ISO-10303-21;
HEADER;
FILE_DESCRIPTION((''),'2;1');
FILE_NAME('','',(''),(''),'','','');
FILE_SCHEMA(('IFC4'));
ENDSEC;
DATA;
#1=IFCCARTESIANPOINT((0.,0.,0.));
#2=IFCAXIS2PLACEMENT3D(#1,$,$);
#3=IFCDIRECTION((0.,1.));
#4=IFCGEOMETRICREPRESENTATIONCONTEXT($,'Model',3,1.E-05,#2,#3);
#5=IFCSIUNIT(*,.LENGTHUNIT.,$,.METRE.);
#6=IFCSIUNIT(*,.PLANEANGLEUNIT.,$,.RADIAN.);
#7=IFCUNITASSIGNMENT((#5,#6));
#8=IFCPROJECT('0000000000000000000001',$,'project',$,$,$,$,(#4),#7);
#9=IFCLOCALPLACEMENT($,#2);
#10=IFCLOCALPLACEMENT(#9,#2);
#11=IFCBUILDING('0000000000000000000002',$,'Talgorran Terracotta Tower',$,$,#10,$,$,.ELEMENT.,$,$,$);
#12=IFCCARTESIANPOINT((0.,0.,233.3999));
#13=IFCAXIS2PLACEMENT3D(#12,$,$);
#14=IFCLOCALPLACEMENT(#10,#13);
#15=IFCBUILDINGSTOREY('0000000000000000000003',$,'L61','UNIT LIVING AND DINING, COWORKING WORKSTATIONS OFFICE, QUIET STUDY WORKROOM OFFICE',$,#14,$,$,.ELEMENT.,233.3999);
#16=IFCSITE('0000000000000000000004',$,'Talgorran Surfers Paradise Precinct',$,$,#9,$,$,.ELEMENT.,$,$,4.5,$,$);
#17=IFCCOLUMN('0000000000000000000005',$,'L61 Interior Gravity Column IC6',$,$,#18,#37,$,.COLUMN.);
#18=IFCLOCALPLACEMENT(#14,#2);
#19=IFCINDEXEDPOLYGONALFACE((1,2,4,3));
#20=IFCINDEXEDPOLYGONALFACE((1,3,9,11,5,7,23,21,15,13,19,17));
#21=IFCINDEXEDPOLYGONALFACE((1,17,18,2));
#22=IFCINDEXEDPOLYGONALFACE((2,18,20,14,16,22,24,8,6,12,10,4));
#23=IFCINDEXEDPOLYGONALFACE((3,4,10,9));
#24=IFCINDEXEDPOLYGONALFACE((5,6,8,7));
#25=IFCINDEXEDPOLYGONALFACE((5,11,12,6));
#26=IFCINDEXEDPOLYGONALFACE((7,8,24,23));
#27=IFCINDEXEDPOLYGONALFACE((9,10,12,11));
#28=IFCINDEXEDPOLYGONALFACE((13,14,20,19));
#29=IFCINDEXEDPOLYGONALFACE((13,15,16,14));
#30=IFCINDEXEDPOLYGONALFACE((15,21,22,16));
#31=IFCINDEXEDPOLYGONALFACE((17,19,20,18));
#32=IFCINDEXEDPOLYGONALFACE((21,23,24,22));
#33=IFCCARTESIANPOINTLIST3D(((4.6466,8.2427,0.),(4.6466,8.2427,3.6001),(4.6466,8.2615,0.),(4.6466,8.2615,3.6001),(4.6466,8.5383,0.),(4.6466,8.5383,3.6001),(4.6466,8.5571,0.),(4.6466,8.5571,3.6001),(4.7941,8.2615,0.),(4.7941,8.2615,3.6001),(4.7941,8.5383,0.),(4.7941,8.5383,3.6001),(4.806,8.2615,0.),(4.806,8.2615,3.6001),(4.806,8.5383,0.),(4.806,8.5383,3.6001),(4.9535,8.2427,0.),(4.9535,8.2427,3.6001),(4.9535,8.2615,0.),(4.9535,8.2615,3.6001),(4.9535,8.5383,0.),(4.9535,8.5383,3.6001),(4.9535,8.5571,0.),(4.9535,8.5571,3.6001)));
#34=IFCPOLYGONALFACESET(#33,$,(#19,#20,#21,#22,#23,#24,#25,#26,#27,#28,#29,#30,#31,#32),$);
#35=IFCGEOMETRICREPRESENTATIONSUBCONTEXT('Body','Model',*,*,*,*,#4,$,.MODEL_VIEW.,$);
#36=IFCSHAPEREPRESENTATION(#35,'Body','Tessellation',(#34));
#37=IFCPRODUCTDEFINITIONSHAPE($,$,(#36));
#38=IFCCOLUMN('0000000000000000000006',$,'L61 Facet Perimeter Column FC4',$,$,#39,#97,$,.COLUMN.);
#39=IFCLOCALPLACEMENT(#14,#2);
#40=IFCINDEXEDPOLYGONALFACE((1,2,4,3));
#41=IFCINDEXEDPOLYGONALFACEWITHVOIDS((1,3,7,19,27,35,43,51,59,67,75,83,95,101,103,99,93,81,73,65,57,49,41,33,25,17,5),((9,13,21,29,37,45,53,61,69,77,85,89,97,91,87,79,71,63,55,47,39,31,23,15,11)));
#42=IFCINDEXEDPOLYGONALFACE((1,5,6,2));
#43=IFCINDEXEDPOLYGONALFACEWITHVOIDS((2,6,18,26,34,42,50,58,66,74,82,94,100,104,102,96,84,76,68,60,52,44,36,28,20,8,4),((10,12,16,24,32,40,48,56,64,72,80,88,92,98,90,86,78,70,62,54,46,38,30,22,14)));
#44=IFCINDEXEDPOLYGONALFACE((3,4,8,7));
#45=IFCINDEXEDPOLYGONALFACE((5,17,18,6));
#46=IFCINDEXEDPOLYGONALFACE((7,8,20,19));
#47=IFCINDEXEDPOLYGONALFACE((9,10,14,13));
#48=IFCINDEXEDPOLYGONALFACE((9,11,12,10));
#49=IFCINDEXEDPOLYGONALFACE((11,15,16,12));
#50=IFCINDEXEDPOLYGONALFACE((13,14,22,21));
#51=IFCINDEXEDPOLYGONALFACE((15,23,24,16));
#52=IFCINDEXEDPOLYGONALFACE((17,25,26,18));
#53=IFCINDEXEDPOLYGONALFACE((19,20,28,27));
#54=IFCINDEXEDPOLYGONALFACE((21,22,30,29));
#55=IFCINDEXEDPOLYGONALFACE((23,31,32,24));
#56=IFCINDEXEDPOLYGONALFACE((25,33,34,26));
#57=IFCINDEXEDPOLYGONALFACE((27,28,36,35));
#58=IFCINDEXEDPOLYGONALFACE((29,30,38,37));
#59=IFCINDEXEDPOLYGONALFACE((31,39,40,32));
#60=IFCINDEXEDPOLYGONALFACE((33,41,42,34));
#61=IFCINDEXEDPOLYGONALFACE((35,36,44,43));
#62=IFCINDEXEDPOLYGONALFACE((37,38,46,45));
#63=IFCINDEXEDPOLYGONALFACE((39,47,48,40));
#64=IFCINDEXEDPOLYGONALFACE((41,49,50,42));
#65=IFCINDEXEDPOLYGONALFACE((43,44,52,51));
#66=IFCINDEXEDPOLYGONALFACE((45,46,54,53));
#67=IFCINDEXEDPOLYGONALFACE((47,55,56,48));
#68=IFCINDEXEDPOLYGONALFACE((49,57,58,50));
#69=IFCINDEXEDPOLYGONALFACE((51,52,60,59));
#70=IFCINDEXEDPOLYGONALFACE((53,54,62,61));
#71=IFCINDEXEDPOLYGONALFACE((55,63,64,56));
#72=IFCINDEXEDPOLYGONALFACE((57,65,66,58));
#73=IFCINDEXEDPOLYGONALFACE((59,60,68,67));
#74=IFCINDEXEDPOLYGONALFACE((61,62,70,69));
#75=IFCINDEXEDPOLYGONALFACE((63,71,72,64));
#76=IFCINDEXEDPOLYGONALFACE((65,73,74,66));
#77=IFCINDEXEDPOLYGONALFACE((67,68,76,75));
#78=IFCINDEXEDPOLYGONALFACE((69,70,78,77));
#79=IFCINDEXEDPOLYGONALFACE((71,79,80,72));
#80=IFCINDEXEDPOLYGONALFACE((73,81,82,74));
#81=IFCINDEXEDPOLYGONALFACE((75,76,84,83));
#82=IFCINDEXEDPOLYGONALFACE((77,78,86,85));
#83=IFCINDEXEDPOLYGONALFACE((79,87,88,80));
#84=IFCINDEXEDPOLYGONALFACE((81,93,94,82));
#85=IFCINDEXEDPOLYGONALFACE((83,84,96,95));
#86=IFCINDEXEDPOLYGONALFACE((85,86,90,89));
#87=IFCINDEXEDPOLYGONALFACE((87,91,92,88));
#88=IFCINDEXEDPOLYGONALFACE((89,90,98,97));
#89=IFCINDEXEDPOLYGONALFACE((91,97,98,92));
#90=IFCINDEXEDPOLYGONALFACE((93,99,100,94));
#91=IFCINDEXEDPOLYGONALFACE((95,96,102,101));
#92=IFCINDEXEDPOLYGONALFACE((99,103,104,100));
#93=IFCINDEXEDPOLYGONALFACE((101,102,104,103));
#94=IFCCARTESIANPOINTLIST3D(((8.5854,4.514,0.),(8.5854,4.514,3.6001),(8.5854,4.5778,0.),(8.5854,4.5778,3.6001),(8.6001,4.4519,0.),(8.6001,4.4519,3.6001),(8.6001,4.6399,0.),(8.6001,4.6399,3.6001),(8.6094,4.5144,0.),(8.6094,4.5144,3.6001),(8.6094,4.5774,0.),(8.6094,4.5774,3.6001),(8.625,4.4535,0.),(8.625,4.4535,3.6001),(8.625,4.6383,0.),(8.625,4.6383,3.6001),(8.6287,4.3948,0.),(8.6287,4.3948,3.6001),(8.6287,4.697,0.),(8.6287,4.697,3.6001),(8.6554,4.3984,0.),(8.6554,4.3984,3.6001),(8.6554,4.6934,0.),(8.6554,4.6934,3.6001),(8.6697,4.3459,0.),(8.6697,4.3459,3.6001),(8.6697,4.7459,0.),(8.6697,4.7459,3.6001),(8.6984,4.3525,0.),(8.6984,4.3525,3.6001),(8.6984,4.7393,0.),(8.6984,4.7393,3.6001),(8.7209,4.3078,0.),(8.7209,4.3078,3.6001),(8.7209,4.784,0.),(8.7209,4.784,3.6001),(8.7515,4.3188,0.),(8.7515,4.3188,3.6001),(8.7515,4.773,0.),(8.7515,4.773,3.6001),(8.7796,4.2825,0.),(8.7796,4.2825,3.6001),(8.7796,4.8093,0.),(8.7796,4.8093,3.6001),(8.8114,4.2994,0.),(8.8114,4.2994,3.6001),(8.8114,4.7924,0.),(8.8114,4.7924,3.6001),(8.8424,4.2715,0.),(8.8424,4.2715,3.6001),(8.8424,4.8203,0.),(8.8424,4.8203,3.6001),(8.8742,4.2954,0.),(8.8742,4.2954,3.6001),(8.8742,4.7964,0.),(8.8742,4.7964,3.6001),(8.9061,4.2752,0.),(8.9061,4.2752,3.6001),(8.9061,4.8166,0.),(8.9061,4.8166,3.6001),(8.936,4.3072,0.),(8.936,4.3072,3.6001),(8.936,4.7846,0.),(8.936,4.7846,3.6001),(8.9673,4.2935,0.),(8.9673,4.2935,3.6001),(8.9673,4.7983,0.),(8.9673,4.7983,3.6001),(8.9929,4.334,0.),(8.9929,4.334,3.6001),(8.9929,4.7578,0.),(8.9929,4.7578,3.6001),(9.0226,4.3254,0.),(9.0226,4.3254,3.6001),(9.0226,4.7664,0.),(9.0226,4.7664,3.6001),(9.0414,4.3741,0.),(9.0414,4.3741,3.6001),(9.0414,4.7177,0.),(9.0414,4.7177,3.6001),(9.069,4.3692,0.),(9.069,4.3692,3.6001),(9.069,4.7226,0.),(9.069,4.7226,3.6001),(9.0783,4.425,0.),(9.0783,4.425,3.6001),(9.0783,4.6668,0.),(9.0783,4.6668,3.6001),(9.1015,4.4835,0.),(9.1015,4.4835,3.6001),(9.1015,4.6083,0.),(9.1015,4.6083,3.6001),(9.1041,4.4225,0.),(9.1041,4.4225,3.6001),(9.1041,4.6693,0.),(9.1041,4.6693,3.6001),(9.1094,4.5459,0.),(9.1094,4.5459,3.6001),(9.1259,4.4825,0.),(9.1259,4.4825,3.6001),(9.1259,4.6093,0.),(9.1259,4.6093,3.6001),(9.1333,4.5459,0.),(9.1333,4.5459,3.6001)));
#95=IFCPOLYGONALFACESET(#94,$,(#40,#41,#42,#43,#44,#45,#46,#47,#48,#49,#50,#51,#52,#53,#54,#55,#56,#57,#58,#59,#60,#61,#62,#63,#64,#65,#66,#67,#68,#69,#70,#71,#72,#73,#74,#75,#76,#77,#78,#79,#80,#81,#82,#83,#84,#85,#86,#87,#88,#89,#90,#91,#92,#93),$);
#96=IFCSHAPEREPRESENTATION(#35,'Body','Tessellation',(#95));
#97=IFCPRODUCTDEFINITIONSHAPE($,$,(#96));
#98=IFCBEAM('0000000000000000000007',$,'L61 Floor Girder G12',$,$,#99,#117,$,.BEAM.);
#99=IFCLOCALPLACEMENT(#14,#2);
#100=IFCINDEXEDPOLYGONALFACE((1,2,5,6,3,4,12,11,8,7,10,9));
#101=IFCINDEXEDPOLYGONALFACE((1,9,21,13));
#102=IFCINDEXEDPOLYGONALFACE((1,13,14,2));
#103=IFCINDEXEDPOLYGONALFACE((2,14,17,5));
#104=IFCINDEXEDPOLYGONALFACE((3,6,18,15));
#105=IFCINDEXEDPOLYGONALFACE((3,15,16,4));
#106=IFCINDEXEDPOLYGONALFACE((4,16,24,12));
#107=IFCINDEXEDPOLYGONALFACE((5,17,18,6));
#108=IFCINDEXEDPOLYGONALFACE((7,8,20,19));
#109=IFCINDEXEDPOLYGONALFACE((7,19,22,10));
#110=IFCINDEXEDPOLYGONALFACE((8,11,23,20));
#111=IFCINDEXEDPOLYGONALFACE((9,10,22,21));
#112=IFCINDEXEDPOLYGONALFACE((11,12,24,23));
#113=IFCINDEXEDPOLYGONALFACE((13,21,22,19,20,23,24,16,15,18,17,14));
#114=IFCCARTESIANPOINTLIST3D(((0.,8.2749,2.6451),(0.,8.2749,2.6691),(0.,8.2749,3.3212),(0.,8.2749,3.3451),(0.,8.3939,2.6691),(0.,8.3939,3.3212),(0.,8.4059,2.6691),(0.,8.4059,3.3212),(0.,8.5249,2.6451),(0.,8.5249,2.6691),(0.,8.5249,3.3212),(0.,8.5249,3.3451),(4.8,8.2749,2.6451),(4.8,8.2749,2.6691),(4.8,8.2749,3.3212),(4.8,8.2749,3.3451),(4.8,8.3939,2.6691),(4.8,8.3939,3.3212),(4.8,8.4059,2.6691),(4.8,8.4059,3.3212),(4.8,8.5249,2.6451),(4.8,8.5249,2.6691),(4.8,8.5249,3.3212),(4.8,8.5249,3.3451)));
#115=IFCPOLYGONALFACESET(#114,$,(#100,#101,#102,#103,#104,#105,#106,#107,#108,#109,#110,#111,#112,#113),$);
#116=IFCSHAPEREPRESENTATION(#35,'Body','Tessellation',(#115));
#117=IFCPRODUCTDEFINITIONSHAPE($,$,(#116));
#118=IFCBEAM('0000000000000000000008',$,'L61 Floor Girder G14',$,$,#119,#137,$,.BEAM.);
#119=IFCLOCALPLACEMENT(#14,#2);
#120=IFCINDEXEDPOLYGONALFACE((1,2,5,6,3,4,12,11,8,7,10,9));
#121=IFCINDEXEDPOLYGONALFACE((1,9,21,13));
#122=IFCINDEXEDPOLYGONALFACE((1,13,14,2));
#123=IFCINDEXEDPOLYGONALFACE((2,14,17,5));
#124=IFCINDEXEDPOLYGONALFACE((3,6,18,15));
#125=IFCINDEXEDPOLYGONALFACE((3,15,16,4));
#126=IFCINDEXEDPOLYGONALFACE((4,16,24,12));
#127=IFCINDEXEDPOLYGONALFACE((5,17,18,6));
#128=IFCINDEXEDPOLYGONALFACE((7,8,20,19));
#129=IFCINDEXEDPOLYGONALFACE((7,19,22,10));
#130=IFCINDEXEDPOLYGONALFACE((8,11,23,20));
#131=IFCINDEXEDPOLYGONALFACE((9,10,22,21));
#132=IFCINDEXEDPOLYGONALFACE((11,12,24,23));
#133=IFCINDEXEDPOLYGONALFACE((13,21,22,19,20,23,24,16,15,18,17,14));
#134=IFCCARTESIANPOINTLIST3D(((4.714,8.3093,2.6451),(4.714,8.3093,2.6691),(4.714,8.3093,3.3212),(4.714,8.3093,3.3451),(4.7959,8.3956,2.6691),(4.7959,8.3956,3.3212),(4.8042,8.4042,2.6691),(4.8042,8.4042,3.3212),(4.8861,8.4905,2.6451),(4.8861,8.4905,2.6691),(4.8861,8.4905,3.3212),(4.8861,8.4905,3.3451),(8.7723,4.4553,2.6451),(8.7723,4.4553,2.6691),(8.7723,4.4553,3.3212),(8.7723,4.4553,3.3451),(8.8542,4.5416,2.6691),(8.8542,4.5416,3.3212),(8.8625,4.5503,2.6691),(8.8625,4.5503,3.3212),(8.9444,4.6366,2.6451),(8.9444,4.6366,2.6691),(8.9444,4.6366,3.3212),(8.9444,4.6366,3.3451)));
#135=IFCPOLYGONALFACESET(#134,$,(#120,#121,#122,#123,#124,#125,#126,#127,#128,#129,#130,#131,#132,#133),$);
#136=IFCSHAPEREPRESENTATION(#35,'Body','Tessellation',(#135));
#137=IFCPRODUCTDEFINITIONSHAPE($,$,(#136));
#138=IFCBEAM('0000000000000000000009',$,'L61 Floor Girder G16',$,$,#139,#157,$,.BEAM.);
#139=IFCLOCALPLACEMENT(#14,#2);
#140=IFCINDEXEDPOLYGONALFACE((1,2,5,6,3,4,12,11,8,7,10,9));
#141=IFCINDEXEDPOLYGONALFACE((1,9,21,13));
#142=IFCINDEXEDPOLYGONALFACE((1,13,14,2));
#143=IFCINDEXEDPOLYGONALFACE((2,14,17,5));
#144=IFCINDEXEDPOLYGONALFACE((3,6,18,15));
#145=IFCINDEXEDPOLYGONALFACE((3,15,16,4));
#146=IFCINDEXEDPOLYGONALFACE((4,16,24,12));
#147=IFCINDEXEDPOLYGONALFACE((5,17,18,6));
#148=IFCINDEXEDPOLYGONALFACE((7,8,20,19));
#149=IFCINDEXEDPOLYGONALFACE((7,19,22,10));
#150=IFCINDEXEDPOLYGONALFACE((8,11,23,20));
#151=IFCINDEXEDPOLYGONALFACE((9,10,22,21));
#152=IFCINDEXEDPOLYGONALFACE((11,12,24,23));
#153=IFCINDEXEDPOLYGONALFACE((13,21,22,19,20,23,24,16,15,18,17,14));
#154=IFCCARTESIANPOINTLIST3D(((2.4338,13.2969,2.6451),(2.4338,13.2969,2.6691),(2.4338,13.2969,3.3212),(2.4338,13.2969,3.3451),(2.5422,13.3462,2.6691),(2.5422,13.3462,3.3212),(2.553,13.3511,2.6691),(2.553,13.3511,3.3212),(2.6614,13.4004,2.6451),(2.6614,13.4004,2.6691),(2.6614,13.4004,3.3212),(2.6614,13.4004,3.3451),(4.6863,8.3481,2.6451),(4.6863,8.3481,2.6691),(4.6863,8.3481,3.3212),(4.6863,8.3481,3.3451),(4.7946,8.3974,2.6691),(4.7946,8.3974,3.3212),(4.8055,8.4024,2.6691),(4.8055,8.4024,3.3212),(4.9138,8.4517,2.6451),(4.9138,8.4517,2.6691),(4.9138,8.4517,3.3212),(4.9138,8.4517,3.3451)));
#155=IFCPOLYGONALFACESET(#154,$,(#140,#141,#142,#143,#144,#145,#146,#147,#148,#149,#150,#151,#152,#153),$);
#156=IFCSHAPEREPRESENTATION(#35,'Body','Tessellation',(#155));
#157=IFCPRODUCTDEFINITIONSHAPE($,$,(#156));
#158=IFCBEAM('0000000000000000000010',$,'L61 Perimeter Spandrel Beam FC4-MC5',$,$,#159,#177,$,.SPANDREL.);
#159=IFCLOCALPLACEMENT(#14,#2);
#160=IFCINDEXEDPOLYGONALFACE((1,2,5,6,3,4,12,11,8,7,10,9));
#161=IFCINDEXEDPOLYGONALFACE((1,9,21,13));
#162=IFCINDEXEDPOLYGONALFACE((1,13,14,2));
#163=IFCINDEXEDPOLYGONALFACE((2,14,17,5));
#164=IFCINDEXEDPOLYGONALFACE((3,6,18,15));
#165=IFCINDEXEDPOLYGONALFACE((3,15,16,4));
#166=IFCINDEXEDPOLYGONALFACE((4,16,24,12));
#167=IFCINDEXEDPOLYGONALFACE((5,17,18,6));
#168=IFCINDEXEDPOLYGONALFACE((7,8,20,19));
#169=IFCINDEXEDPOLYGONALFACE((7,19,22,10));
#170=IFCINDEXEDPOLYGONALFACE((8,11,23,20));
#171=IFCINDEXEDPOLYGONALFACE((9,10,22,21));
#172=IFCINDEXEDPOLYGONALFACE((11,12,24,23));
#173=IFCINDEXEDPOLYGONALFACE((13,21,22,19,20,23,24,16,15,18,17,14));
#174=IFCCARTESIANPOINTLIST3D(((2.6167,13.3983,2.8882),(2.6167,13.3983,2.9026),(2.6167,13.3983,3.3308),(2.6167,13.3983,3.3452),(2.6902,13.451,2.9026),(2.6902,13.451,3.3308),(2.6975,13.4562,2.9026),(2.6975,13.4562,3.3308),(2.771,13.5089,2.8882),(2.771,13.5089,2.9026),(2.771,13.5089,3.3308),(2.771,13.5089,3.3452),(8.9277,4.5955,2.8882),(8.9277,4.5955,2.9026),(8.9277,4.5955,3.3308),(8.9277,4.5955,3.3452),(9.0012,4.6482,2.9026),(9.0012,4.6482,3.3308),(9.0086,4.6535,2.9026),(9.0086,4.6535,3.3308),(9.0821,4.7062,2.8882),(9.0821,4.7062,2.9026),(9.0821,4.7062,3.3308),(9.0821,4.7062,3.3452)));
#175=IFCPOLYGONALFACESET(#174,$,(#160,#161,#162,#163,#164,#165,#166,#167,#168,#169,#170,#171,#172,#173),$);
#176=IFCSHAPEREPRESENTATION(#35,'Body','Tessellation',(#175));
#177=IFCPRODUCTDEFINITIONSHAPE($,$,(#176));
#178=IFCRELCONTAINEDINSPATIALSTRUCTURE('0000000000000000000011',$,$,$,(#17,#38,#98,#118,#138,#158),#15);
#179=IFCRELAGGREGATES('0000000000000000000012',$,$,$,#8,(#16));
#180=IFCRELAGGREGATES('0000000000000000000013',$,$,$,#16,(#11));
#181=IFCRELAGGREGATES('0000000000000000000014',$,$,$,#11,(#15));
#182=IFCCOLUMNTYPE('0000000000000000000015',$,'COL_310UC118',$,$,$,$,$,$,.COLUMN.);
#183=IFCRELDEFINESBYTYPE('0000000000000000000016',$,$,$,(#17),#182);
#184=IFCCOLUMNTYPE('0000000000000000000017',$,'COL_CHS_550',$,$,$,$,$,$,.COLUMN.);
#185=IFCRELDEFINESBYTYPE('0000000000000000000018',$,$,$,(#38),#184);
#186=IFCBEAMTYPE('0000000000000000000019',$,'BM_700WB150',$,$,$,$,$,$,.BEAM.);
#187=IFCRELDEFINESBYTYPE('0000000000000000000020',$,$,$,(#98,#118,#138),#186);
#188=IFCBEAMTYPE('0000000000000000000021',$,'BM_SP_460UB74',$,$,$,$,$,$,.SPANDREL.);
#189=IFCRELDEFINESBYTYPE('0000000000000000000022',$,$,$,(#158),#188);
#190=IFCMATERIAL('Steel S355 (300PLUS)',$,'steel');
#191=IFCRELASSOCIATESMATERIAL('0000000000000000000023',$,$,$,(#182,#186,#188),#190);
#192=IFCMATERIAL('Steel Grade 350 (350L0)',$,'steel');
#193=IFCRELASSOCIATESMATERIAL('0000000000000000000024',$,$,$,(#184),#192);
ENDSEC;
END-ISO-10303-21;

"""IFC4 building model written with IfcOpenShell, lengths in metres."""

from ifc_helpers import new_model, si_unit, direction, frame, origin, origin_2d, place, context, subcontext, project, spatial, hollow_circle, i_section, extrude, material, material_profile, profile_set, type_object, element, save


model = new_model("IFC4")

# Units and contexts
model_context = context("Model", 3, precision=1e-05, world=origin(), true_north=direction((0.0, 1.0)))
body_context = subcontext(model_context, "Body", "Model", "MODEL_VIEW")
ifc_project = project(units=[si_unit("LENGTHUNIT", "METRE"), si_unit("PLANEANGLEUNIT", "RADIAN")], contexts=[model_context])

# Site, building, storey
site_placement = place(None, origin())
site = spatial("IfcSite", under=ifc_project, at=site_placement, Name="Talgorran Surfers Paradise Precinct", CompositionType="ELEMENT", RefElevation=4.5)
building_placement = place(site_placement, origin())
building = spatial("IfcBuilding", under=site, at=building_placement, Name="Talgorran Terracotta Tower", CompositionType="ELEMENT")
storey_placement = place(building_placement, frame((0.0, 0.0, 233.3999)))
storey = spatial("IfcBuildingStorey", under=building, at=storey_placement, Name="L61", Description="UNIT LIVING AND DINING, COWORKING WORKSTATIONS OFFICE, QUIET STUDY WORKROOM OFFICE", CompositionType="ELEMENT", Elevation=233.3999)

# Columns
ifc_material_1 = material(Name="Steel S355 (300PLUS)", Category="steel")
ifc_material_profile_1 = material_profile(ifc_material_1, i_section(OverallWidth=0.3069, OverallDepth=0.3145, WebThickness=0.012, FlangeThickness=0.0188, at=origin_2d()), Name="310UC118")
ifc_profile_set_1 = profile_set([ifc_material_profile_1], Name="Steel S355 (300PLUS)")
column_type_1 = type_object("IfcColumnType", Name="COL_310UC118", PredefinedType="COLUMN", material=ifc_profile_set_1)
column_1_placement = place(storey_placement, frame((4.8, 8.3999, 0.0), z_axis=(0.0, 0.0, 1.0), x_axis=(1.0, 0.0, 0.0)))
element("IfcColumn", 1, at=column_1_placement, inside=storey, type_object=column_type_1, Name="L61 Interior Gravity Column IC6", PredefinedType="COLUMN", context=body_context, shape_type="SweptSolid", body=[
    extrude(i_section(OverallWidth=0.3069, OverallDepth=0.3145, WebThickness=0.012, FlangeThickness=0.0188, at=origin_2d()), origin(), (0.0, 0.0, 1.0), 3.6001),
])
ifc_material_2 = material(Name="Steel Grade 350 (350L0)", Category="steel")
ifc_material_profile_2 = material_profile(ifc_material_2, hollow_circle(Radius=0.2749, WallThickness=0.0239, at=origin_2d()), Name="CHS550X24")
ifc_profile_set_2 = profile_set([ifc_material_profile_2], Name="Steel Grade 350 (350L0)")
column_type_2 = type_object("IfcColumnType", Name="COL_CHS_550", PredefinedType="COLUMN", material=ifc_profile_set_2)
column_2_placement = place(storey_placement, frame((8.8584, 4.5459, 0.0), z_axis=(0.0, 0.0, 1.0), x_axis=(1.0, 0.0, 0.0)))
element("IfcColumn", 2, at=column_2_placement, inside=storey, type_object=column_type_2, Name="L61 Facet Perimeter Column FC4", PredefinedType="COLUMN", context=body_context, shape_type="SweptSolid", body=[
    extrude(hollow_circle(Radius=0.2749, WallThickness=0.0239, at=origin_2d()), origin(), (0.0, 0.0, 1.0), 3.6001),
])

# Beams
ifc_material_profile_3 = material_profile(ifc_material_1, i_section(OverallWidth=0.25, OverallDepth=0.7, WebThickness=0.012, FlangeThickness=0.0239, at=origin_2d()), Name="700WB150")
ifc_profile_set_3 = profile_set([ifc_material_profile_3], Name="Steel S355 (300PLUS)")
beam_type_1 = type_object("IfcBeamType", Name="BM_700WB150", PredefinedType="BEAM", material=ifc_profile_set_3)
beam_1_placement = place(storey_placement, frame((0.0, 8.3999, 2.9951), z_axis=(1.0, 0.0, 0.0), x_axis=(0.0, 1.0, 0.0)))
element("IfcBeam", 3, at=beam_1_placement, inside=storey, type_object=beam_type_1, Name="L61 Floor Girder G12", PredefinedType="BEAM", context=body_context, shape_type="SweptSolid", body=[
    extrude(i_section(OverallWidth=0.25, OverallDepth=0.7, WebThickness=0.012, FlangeThickness=0.0239, at=origin_2d()), origin(), (0.0, 0.0, 1.0), 4.8),
])
beam_2_placement = place(storey_placement, frame((4.8, 8.3999, 2.9951), z_axis=(0.725127, -0.688615, 0.0), x_axis=(0.688615, 0.725127, 0.0)))
element("IfcBeam", 4, at=beam_2_placement, inside=storey, type_object=beam_type_1, Name="L61 Floor Girder G14", PredefinedType="BEAM", context=body_context, shape_type="SweptSolid", body=[
    extrude(i_section(OverallWidth=0.25, OverallDepth=0.7, WebThickness=0.012, FlangeThickness=0.0239, at=origin_2d()), origin(), (0.0, 0.0, 1.0), 5.5967),
])
beam_3_placement = place(storey_placement, frame((4.8, 8.3999, 2.9951), z_axis=(-0.414263, 0.910157, 0.0), x_axis=(-0.910157, -0.414263, 0.0)))
element("IfcBeam", 5, at=beam_3_placement, inside=storey, type_object=beam_type_1, Name="L61 Floor Girder G16", PredefinedType="BEAM", context=body_context, shape_type="SweptSolid", body=[
    extrude(i_section(OverallWidth=0.25, OverallDepth=0.7, WebThickness=0.012, FlangeThickness=0.0239, at=origin_2d()), origin(), (0.0, 0.0, 1.0), 5.4373),
])
ifc_material_profile_4 = material_profile(ifc_material_1, i_section(OverallWidth=0.1899, OverallDepth=0.457, WebThickness=0.009, FlangeThickness=0.0144, at=origin_2d()), Name="460UB74.6")
ifc_profile_set_4 = profile_set([ifc_material_profile_4], Name="Steel S355 (300PLUS)")
beam_type_2 = type_object("IfcBeamType", Name="BM_SP_460UB74", PredefinedType="SPANDREL", material=ifc_profile_set_4)
beam_4_placement = place(storey_placement, frame((9.0049, 4.6509, 3.1167), z_axis=(-0.582666, 0.812712, 0.0), x_axis=(-0.812712, -0.582666, 0.0)))
element("IfcBeam", 6, at=beam_4_placement, inside=storey, type_object=beam_type_2, Name="L61 Perimeter Spandrel Beam FC4-MC5", PredefinedType="SPANDREL", context=body_context, shape_type="SweptSolid", body=[
    extrude(i_section(OverallWidth=0.1899, OverallDepth=0.457, WebThickness=0.009, FlangeThickness=0.0144, at=origin_2d()), origin(), (0.0, 0.0, 1.0), 10.8313),
])

save(model, "model.ifc")
